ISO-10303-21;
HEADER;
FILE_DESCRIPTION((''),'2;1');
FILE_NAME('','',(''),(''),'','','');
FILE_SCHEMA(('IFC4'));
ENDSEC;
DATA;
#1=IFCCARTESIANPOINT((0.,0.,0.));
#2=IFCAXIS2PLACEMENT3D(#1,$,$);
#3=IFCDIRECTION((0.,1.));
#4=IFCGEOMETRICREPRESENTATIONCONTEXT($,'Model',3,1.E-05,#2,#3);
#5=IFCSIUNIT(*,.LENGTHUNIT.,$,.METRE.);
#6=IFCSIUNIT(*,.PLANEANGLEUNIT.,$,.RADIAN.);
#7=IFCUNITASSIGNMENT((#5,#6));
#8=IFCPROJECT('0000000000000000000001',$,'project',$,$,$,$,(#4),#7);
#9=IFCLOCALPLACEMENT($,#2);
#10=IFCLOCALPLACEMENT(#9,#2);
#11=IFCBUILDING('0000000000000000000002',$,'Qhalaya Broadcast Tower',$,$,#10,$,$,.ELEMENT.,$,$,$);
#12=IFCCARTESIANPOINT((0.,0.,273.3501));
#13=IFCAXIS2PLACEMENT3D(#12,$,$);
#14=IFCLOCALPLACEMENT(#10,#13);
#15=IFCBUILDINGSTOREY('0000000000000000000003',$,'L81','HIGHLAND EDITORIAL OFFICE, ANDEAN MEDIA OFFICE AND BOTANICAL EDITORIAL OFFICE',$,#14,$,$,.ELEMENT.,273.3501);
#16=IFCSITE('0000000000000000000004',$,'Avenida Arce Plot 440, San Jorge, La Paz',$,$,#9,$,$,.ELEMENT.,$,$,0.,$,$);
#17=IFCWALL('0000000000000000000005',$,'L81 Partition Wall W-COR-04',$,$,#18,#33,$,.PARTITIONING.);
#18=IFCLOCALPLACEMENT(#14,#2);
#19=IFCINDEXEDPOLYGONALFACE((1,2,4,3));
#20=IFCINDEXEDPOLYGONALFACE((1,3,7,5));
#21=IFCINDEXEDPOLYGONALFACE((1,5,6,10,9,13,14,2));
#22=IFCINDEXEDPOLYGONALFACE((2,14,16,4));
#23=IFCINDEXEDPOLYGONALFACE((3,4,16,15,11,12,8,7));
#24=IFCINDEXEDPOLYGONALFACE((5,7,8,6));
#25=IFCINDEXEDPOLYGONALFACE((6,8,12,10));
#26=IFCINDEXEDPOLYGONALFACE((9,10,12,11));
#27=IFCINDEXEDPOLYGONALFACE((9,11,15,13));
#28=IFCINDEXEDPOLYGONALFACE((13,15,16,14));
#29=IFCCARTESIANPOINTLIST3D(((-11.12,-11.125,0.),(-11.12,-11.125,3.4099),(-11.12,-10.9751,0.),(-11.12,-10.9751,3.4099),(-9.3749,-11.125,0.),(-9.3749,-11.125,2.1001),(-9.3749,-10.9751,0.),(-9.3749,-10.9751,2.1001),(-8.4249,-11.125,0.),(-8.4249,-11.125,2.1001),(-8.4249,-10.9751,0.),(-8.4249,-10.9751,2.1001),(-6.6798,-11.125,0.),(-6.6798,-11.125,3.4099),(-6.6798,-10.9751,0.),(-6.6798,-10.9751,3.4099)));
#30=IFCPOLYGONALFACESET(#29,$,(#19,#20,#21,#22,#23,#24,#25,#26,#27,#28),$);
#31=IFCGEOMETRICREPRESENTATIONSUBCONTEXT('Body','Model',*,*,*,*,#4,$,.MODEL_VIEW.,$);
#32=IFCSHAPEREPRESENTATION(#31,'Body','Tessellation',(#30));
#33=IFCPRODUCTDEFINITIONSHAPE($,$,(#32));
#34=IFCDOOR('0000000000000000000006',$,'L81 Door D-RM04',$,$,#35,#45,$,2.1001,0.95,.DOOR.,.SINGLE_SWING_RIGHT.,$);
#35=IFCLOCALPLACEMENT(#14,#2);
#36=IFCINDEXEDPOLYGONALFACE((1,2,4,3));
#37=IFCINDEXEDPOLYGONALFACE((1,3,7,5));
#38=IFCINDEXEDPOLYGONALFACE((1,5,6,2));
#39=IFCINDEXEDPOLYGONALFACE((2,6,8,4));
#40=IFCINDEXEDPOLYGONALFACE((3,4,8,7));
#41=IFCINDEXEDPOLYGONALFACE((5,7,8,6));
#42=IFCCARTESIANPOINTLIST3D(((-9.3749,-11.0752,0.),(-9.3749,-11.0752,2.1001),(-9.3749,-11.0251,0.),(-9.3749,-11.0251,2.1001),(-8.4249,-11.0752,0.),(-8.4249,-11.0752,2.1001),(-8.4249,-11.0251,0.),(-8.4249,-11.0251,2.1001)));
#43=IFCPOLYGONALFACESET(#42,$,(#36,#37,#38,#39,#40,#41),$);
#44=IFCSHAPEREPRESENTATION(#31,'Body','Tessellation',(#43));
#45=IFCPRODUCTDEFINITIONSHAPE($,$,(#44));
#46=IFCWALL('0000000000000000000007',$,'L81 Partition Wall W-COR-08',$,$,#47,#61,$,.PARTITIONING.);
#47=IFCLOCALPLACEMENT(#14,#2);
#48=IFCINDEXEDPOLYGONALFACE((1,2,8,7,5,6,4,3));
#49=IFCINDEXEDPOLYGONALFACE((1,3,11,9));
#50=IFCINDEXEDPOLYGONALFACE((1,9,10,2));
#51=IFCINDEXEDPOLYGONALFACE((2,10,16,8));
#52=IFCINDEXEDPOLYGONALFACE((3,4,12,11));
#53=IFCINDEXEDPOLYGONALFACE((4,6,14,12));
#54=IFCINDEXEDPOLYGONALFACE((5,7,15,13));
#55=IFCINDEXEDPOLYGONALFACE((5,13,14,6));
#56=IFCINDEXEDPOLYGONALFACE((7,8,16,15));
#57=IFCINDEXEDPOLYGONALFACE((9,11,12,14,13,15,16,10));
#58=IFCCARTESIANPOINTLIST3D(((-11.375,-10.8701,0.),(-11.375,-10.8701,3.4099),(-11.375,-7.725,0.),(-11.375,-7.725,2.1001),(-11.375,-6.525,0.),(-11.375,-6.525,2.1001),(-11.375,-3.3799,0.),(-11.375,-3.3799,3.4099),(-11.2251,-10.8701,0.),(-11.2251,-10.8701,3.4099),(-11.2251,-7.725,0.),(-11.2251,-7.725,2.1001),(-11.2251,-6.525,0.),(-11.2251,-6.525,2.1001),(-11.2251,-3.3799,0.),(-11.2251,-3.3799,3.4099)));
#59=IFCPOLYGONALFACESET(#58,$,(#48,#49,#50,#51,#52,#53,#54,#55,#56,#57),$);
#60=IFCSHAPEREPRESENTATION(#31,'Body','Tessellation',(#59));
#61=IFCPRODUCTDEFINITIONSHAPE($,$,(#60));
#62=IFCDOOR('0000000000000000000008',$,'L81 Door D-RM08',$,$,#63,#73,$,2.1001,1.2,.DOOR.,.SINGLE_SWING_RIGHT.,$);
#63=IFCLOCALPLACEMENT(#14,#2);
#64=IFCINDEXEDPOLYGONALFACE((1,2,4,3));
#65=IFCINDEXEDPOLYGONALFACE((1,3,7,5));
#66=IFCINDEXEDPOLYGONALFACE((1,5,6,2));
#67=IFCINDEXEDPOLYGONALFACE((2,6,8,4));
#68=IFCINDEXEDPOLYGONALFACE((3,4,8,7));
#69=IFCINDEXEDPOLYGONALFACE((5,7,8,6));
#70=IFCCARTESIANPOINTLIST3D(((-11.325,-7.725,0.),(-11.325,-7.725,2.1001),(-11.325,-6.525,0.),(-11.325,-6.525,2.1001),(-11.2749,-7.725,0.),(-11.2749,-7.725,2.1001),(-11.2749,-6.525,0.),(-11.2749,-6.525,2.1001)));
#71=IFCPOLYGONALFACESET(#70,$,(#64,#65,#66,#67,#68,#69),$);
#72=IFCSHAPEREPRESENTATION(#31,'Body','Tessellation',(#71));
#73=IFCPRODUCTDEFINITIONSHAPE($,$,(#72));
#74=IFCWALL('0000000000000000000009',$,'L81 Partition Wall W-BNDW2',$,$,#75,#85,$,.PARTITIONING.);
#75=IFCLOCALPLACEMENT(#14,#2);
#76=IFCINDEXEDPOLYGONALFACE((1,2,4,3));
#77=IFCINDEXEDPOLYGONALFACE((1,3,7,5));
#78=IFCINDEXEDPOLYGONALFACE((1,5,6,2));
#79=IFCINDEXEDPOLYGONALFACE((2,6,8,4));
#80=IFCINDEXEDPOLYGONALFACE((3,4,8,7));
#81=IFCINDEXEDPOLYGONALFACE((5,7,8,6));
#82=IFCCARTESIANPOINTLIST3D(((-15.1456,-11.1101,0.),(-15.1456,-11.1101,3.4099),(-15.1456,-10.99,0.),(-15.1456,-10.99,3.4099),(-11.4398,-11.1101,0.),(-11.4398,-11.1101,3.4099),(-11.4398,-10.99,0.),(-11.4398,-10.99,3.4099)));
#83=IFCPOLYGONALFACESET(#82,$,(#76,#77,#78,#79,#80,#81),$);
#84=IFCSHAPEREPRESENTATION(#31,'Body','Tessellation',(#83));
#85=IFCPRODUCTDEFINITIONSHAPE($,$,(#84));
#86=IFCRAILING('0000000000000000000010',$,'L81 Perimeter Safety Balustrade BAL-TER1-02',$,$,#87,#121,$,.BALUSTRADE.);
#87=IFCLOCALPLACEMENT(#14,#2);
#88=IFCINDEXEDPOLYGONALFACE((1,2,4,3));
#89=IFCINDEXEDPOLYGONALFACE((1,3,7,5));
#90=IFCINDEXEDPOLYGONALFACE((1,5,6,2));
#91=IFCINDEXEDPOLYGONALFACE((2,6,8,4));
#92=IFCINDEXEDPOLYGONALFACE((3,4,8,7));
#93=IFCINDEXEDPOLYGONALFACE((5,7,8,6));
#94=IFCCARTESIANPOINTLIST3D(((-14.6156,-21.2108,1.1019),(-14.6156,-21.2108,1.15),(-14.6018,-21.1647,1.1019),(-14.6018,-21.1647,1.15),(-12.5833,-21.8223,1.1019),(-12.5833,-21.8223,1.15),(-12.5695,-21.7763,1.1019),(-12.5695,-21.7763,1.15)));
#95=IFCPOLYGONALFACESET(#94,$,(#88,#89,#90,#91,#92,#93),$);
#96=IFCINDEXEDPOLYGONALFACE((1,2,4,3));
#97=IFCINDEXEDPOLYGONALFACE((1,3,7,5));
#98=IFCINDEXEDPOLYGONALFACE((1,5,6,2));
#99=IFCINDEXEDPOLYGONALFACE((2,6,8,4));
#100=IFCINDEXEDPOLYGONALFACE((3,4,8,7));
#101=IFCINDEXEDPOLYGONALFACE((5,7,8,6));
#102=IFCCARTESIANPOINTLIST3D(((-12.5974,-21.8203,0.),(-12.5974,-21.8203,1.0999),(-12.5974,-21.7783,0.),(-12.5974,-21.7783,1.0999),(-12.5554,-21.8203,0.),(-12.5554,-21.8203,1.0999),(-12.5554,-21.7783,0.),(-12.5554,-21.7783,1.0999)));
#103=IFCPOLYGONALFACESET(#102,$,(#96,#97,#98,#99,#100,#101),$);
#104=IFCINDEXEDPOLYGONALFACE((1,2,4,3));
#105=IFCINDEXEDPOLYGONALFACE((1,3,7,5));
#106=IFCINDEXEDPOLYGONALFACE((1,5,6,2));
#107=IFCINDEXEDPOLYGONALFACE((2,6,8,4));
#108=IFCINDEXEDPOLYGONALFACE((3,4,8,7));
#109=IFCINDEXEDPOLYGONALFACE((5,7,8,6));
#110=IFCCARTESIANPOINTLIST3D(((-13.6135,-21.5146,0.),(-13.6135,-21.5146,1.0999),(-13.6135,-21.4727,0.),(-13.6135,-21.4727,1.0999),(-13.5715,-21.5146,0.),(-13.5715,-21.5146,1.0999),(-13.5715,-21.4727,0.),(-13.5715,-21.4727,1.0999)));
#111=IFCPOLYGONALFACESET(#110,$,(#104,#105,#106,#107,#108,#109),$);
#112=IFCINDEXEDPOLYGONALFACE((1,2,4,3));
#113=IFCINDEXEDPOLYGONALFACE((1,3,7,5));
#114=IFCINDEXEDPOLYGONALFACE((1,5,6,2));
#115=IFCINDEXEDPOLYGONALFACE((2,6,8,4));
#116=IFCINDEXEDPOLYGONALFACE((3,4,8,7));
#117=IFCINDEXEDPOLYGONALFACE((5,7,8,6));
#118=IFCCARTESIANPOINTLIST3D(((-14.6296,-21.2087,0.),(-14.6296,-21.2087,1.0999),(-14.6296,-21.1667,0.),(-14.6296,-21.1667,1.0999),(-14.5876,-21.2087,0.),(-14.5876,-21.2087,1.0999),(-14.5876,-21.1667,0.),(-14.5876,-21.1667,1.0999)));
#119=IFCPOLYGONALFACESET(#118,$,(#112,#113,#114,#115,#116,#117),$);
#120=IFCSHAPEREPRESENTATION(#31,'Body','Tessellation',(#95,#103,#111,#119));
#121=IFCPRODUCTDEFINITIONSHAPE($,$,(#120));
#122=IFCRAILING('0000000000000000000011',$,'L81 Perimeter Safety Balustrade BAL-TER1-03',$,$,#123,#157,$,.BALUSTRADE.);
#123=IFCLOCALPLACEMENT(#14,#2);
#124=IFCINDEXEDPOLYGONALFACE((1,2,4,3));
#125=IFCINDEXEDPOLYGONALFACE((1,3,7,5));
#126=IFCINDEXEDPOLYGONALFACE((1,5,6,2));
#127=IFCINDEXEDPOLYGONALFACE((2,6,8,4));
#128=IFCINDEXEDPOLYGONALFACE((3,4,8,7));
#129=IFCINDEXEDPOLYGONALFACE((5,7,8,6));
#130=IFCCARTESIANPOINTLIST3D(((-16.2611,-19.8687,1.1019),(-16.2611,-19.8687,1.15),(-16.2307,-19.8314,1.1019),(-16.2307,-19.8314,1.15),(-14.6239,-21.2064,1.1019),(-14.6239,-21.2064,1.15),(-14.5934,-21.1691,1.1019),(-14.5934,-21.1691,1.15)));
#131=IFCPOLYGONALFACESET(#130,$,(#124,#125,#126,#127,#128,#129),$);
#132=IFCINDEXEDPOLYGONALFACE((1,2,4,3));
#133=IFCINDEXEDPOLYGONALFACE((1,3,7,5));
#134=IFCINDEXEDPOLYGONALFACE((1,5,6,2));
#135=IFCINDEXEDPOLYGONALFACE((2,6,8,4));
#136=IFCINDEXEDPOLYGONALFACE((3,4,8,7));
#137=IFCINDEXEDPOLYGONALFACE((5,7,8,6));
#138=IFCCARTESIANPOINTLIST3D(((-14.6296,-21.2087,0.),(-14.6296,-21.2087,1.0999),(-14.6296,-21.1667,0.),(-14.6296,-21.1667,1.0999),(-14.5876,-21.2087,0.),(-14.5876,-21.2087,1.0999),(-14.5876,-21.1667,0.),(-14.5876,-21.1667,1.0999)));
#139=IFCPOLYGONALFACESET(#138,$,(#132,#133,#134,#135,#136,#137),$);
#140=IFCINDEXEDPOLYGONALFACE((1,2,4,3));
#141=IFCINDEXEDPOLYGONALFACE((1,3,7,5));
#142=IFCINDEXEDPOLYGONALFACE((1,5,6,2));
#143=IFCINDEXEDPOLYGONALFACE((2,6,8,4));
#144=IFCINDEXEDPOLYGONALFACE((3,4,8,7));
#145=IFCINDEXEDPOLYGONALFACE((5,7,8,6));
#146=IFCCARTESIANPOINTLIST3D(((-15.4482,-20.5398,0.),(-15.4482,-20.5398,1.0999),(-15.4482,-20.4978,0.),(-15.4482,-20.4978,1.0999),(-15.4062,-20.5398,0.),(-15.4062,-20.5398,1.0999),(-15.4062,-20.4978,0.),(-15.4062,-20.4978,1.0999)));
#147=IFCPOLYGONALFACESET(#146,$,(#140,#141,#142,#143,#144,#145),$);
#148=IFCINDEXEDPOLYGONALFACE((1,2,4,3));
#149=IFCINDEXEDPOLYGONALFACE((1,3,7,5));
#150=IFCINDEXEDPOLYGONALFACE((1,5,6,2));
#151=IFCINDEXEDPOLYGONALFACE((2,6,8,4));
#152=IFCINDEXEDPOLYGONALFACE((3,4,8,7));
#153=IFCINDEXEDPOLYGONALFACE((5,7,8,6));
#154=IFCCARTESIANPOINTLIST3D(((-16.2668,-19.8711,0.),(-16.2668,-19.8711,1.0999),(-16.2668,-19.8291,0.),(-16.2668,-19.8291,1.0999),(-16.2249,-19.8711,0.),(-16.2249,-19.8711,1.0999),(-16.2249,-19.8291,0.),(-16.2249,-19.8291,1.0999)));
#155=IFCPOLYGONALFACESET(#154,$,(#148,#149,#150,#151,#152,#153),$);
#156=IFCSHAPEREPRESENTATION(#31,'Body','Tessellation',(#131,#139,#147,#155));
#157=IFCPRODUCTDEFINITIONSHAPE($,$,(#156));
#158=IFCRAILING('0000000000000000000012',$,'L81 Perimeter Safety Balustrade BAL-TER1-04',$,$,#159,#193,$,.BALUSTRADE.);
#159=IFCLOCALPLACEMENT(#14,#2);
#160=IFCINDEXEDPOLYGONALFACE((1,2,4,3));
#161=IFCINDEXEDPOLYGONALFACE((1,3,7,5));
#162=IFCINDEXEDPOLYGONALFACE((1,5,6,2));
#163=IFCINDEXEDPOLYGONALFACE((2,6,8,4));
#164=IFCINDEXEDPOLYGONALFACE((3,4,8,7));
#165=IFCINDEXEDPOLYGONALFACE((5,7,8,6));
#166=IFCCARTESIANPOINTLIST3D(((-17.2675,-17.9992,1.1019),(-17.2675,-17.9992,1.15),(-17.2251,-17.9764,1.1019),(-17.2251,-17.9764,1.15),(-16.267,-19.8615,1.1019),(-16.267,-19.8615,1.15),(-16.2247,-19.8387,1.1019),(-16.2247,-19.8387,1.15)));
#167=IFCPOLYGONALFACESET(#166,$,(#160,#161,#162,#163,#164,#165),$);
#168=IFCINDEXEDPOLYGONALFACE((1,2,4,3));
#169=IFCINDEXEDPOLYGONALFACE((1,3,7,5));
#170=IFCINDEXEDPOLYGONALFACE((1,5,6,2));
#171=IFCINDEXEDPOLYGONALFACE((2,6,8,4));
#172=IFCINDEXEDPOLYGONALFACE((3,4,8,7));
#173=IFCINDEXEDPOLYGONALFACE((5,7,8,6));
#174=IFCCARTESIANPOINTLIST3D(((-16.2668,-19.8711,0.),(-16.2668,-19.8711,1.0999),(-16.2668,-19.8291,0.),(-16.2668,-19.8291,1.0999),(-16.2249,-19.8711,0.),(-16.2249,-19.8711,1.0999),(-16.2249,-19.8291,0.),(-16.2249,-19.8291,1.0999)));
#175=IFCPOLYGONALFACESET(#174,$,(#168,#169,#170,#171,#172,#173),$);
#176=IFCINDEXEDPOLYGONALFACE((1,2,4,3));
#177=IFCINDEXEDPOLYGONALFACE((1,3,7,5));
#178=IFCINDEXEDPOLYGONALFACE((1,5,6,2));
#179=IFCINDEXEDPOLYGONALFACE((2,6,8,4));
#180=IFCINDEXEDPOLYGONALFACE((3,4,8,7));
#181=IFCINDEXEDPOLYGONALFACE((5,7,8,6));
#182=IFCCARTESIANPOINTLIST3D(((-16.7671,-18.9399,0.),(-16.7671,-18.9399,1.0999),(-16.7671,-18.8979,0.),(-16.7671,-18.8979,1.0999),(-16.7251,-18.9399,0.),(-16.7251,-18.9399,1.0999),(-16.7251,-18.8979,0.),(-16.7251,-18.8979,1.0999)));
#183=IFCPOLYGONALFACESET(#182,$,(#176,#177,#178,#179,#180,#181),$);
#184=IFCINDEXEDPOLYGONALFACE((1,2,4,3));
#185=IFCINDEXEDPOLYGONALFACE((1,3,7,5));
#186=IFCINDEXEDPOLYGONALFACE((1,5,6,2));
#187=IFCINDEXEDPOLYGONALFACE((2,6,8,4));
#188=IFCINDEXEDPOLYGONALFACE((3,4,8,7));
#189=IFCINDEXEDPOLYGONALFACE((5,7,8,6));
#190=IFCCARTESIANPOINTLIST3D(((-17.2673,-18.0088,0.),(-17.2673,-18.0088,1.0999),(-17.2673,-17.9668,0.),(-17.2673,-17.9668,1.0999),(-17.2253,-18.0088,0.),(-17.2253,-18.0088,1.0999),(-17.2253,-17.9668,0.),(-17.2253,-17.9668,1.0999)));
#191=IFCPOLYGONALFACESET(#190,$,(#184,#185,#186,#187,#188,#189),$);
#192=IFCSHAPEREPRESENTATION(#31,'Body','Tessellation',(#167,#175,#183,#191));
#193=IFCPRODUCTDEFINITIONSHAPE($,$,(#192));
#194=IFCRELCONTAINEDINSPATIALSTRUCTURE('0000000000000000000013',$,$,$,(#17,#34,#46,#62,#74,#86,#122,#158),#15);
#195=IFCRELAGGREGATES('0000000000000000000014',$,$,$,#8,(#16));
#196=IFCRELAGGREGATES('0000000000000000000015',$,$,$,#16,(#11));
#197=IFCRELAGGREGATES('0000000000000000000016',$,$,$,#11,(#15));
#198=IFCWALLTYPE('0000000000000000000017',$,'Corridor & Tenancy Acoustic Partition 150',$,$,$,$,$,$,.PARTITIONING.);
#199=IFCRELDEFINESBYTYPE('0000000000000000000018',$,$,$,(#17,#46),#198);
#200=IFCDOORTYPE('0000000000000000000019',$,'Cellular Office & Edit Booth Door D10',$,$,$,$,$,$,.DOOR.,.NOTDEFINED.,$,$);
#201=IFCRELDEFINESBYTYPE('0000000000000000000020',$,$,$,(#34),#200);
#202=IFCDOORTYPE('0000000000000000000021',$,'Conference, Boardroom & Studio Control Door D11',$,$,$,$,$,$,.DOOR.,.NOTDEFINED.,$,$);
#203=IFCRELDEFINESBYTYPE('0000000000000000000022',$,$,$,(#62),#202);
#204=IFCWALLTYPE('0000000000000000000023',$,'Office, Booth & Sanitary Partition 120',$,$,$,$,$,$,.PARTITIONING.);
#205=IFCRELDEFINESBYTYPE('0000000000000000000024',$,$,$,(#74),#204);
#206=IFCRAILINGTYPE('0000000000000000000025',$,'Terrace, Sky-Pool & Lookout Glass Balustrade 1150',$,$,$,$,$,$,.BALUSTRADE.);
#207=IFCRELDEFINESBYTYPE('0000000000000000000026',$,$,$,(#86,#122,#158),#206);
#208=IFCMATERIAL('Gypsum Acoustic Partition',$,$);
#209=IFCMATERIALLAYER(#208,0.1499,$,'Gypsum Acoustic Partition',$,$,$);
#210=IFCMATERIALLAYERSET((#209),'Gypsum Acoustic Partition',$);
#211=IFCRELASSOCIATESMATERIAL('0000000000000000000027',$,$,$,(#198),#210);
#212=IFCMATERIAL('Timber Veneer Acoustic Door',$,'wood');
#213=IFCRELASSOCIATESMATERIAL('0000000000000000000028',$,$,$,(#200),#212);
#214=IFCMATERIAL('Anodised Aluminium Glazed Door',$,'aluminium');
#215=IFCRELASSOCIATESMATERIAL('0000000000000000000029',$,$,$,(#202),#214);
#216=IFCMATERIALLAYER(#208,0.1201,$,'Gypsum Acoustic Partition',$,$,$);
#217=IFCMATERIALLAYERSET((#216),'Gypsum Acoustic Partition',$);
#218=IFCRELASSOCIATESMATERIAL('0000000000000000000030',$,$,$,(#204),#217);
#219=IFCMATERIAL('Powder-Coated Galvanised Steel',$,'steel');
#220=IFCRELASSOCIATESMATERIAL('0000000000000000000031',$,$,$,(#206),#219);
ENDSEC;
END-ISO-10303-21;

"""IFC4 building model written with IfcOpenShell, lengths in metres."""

from ifc_helpers import new_model, si_unit, direction, frame, frame_2d, origin, origin_2d, place, context, subcontext, project, spatial, rectangle, extrude, material, layer, layer_set, type_object, element, fill, save


model = new_model("IFC4")

# Units and contexts
model_context = context("Model", 3, precision=1e-05, world=origin(), true_north=direction((0.0, 1.0)))
body_context = subcontext(model_context, "Body", "Model", "MODEL_VIEW")
ifc_project = project(units=[si_unit("LENGTHUNIT", "METRE"), si_unit("PLANEANGLEUNIT", "RADIAN")], contexts=[model_context])

# Site, building, storey
site_placement = place(None, origin())
site = spatial("IfcSite", under=ifc_project, at=site_placement, Name="Avenida Arce Plot 440, San Jorge, La Paz", CompositionType="ELEMENT", RefElevation=0.0)
building_placement = place(site_placement, origin())
building = spatial("IfcBuilding", under=site, at=building_placement, Name="Qhalaya Broadcast Tower", CompositionType="ELEMENT")
storey_placement = place(building_placement, frame((0.0, 0.0, 273.3501)))
storey = spatial("IfcBuildingStorey", under=building, at=storey_placement, Name="L81", Description="HIGHLAND EDITORIAL OFFICE, ANDEAN MEDIA OFFICE AND BOTANICAL EDITORIAL OFFICE", CompositionType="ELEMENT", Elevation=273.3501)

# Walls, openings, doors
ifc_material_1 = material(Name="Gypsum Acoustic Partition")
ifc_layer_1 = layer(ifc_material_1, 0.1499, Name="Gypsum Acoustic Partition")
ifc_layer_set_1 = layer_set([ifc_layer_1], Name="Gypsum Acoustic Partition")
wall_type_1 = type_object("IfcWallType", Name="Corridor & Tenancy Acoustic Partition 150", PredefinedType="PARTITIONING", material=ifc_layer_set_1)
wall_1_placement = place(storey_placement, frame((-11.1201, -11.05, 0.0), z_axis=(0.0, 0.0, 1.0), x_axis=(1.0, 0.0, 0.0)))
wall_1 = element("IfcWall", 1, at=wall_1_placement, inside=storey, type_object=wall_type_1, Name="L81 Partition Wall W-COR-04", PredefinedType="PARTITIONING", context=body_context, shape_type="SweptSolid", body=[
    extrude(rectangle(XDim=4.4402, YDim=0.1499, at=frame_2d((2.2202, 0.0))), origin(), (0.0, 0.0, 1.0), 3.4099),
])
opening_1_placement = place(wall_1_placement, frame((1.7451, 0.0, 0.0)))
opening_1 = element("IfcOpeningElement", 2, at=opening_1_placement, cuts=wall_1, PredefinedType="OPENING", context=body_context, shape_type="SweptSolid", body=[
    extrude(rectangle(XDim=0.95, YDim=2.1001, at=frame_2d((0.4751, 1.05))), frame((0.0, 0.0869, 0.0), z_axis=(0.0, -1.0, 0.0), x_axis=(1.0, 0.0, 0.0)), (0.0, 0.0, 1.0), 0.1738),
])
ifc_material_2 = material(Name="Timber Veneer Acoustic Door", Category="wood")
door_type_1 = type_object("IfcDoorType", Name="Cellular Office & Edit Booth Door D10", OperationType="NOTDEFINED", PredefinedType="DOOR", material=ifc_material_2)
door_1_placement = place(opening_1_placement, origin())
door_1 = element("IfcDoor", 3, at=door_1_placement, inside=storey, type_object=door_type_1, Name="L81 Door D-RM04", OperationType="SINGLE_SWING_RIGHT", OverallHeight=2.1001, OverallWidth=0.95, PredefinedType="DOOR", context=body_context, shape_type="SweptSolid", body=[
    extrude(rectangle(XDim=0.95, YDim=2.1001, at=frame_2d((0.4751, 1.05))), frame((0.0, 0.0249, 0.0), z_axis=(0.0, -1.0, 0.0), x_axis=(1.0, 0.0, 0.0)), (0.0, 0.0, 1.0), 0.05),
])
fill(opening_1, door_1)
wall_2_placement = place(storey_placement, frame((-11.3, -10.8701, 0.0), z_axis=(0.0, 0.0, 1.0), x_axis=(0.0, 1.0, 0.0)))
wall_2 = element("IfcWall", 4, at=wall_2_placement, inside=storey, type_object=wall_type_1, Name="L81 Partition Wall W-COR-08", PredefinedType="PARTITIONING", context=body_context, shape_type="SweptSolid", body=[
    extrude(rectangle(XDim=7.4902, YDim=0.1499, at=frame_2d((3.7451, 0.0))), origin(), (0.0, 0.0, 1.0), 3.4099),
])
opening_2_placement = place(wall_2_placement, frame((3.145, 0.0, 0.0)))
opening_2 = element("IfcOpeningElement", 5, at=opening_2_placement, cuts=wall_2, PredefinedType="OPENING", context=body_context, shape_type="SweptSolid", body=[
    extrude(rectangle(XDim=1.2, YDim=2.1001, at=frame_2d((0.6001, 1.05))), frame((0.0, 0.0869, 0.0), z_axis=(0.0, -1.0, 0.0), x_axis=(1.0, 0.0, 0.0)), (0.0, 0.0, 1.0), 0.1738),
])
ifc_material_3 = material(Name="Anodised Aluminium Glazed Door", Category="aluminium")
door_type_2 = type_object("IfcDoorType", Name="Conference, Boardroom & Studio Control Door D11", OperationType="NOTDEFINED", PredefinedType="DOOR", material=ifc_material_3)
door_2_placement = place(opening_2_placement, origin())
door_2 = element("IfcDoor", 6, at=door_2_placement, inside=storey, type_object=door_type_2, Name="L81 Door D-RM08", OperationType="SINGLE_SWING_RIGHT", OverallHeight=2.1001, OverallWidth=1.2, PredefinedType="DOOR", context=body_context, shape_type="SweptSolid", body=[
    extrude(rectangle(XDim=1.2, YDim=2.1001, at=frame_2d((0.6001, 1.05))), frame((0.0, 0.0249, 0.0), z_axis=(0.0, -1.0, 0.0), x_axis=(1.0, 0.0, 0.0)), (0.0, 0.0, 1.0), 0.05),
])
fill(opening_2, door_2)

# Wall
ifc_layer_2 = layer(ifc_material_1, 0.1201, Name="Gypsum Acoustic Partition")
ifc_layer_set_2 = layer_set([ifc_layer_2], Name="Gypsum Acoustic Partition")
wall_type_2 = type_object("IfcWallType", Name="Office, Booth & Sanitary Partition 120", PredefinedType="PARTITIONING", material=ifc_layer_set_2)
wall_3_placement = place(storey_placement, frame((-15.1458, -11.05, 0.0), z_axis=(0.0, 0.0, 1.0), x_axis=(1.0, 0.0, 0.0)))
element("IfcWall", 7, at=wall_3_placement, inside=storey, type_object=wall_type_2, Name="L81 Partition Wall W-BNDW2", PredefinedType="PARTITIONING", context=body_context, shape_type="SweptSolid", body=[
    extrude(rectangle(XDim=3.7058, YDim=0.1201, at=frame_2d((1.853, 0.0))), origin(), (0.0, 0.0, 1.0), 3.4099),
])

# Railings
ifc_material_4 = material(Name="Powder-Coated Galvanised Steel", Category="steel")
railing_type = type_object("IfcRailingType", Name="Terrace, Sky-Pool & Lookout Glass Balustrade 1150", PredefinedType="BALUSTRADE", material=ifc_material_4)
railing_1_placement = place(storey_placement, frame((-12.5764, -21.7993, 0.0)))
element("IfcRailing", 8, at=railing_1_placement, inside=storey, type_object=railing_type, Name="L81 Perimeter Safety Balustrade BAL-TER1-02", PredefinedType="BALUSTRADE", context=body_context, shape_type="SweptSolid", body=[
    extrude(rectangle(XDim=0.0481, YDim=0.0481, at=origin_2d()), frame((0.0, 0.0, 1.126), z_axis=(-0.957579, 0.288171, 0.0), x_axis=(-0.288171, -0.957579, 0.0)), (0.0, 0.0, 1.0), 2.1223),
    extrude(rectangle(XDim=0.042, YDim=0.042, at=origin_2d()), origin(), (0.0, 0.0, 1.0), 1.0999),
    extrude(rectangle(XDim=0.042, YDim=0.042, at=origin_2d()), frame((-1.0161, 0.3057, 0.0)), (0.0, 0.0, 1.0), 1.0999),
    extrude(rectangle(XDim=0.042, YDim=0.042, at=origin_2d()), frame((-2.0322, 0.6116, 0.0)), (0.0, 0.0, 1.0), 1.0999),
])
railing_2_placement = place(storey_placement, frame((-14.6086, -21.1877, 0.0)))
element("IfcRailing", 9, at=railing_2_placement, inside=storey, type_object=railing_type, Name="L81 Perimeter Safety Balustrade BAL-TER1-03", PredefinedType="BALUSTRADE", context=body_context, shape_type="SweptSolid", body=[
    extrude(rectangle(XDim=0.0481, YDim=0.0481, at=origin_2d()), frame((0.0, 0.0, 1.126), z_axis=(-0.774394, 0.632703, 0.0), x_axis=(-0.632703, -0.774394, 0.0)), (0.0, 0.0, 1.0), 2.1143),
    extrude(rectangle(XDim=0.042, YDim=0.042, at=origin_2d()), origin(), (0.0, 0.0, 1.0), 1.0999),
    extrude(rectangle(XDim=0.042, YDim=0.042, at=origin_2d()), frame((-0.8186, 0.6689, 0.0)), (0.0, 0.0, 1.0), 1.0999),
    extrude(rectangle(XDim=0.042, YDim=0.042, at=origin_2d()), frame((-1.6372, 1.3376, 0.0)), (0.0, 0.0, 1.0), 1.0999),
])
railing_3_placement = place(storey_placement, frame((-16.2458, -19.8501, 0.0)))
element("IfcRailing", 10, at=railing_3_placement, inside=storey, type_object=railing_type, Name="L81 Perimeter Safety Balustrade BAL-TER1-04", PredefinedType="BALUSTRADE", context=body_context, shape_type="SweptSolid", body=[
    extrude(rectangle(XDim=0.0481, YDim=0.0481, at=origin_2d()), frame((0.0, 0.0, 1.126), z_axis=(-0.473259, 0.880923, 0.0), x_axis=(-0.880923, -0.473259, 0.0)), (0.0, 0.0, 1.0), 2.114),
    extrude(rectangle(XDim=0.042, YDim=0.042, at=origin_2d()), origin(), (0.0, 0.0, 1.0), 1.0999),
    extrude(rectangle(XDim=0.042, YDim=0.042, at=origin_2d()), frame((-0.5002, 0.9312, 0.0)), (0.0, 0.0, 1.0), 1.0999),
    extrude(rectangle(XDim=0.042, YDim=0.042, at=origin_2d()), frame((-1.0005, 1.8623, 0.0)), (0.0, 0.0, 1.0), 1.0999),
])

save(model, "model.ifc")
